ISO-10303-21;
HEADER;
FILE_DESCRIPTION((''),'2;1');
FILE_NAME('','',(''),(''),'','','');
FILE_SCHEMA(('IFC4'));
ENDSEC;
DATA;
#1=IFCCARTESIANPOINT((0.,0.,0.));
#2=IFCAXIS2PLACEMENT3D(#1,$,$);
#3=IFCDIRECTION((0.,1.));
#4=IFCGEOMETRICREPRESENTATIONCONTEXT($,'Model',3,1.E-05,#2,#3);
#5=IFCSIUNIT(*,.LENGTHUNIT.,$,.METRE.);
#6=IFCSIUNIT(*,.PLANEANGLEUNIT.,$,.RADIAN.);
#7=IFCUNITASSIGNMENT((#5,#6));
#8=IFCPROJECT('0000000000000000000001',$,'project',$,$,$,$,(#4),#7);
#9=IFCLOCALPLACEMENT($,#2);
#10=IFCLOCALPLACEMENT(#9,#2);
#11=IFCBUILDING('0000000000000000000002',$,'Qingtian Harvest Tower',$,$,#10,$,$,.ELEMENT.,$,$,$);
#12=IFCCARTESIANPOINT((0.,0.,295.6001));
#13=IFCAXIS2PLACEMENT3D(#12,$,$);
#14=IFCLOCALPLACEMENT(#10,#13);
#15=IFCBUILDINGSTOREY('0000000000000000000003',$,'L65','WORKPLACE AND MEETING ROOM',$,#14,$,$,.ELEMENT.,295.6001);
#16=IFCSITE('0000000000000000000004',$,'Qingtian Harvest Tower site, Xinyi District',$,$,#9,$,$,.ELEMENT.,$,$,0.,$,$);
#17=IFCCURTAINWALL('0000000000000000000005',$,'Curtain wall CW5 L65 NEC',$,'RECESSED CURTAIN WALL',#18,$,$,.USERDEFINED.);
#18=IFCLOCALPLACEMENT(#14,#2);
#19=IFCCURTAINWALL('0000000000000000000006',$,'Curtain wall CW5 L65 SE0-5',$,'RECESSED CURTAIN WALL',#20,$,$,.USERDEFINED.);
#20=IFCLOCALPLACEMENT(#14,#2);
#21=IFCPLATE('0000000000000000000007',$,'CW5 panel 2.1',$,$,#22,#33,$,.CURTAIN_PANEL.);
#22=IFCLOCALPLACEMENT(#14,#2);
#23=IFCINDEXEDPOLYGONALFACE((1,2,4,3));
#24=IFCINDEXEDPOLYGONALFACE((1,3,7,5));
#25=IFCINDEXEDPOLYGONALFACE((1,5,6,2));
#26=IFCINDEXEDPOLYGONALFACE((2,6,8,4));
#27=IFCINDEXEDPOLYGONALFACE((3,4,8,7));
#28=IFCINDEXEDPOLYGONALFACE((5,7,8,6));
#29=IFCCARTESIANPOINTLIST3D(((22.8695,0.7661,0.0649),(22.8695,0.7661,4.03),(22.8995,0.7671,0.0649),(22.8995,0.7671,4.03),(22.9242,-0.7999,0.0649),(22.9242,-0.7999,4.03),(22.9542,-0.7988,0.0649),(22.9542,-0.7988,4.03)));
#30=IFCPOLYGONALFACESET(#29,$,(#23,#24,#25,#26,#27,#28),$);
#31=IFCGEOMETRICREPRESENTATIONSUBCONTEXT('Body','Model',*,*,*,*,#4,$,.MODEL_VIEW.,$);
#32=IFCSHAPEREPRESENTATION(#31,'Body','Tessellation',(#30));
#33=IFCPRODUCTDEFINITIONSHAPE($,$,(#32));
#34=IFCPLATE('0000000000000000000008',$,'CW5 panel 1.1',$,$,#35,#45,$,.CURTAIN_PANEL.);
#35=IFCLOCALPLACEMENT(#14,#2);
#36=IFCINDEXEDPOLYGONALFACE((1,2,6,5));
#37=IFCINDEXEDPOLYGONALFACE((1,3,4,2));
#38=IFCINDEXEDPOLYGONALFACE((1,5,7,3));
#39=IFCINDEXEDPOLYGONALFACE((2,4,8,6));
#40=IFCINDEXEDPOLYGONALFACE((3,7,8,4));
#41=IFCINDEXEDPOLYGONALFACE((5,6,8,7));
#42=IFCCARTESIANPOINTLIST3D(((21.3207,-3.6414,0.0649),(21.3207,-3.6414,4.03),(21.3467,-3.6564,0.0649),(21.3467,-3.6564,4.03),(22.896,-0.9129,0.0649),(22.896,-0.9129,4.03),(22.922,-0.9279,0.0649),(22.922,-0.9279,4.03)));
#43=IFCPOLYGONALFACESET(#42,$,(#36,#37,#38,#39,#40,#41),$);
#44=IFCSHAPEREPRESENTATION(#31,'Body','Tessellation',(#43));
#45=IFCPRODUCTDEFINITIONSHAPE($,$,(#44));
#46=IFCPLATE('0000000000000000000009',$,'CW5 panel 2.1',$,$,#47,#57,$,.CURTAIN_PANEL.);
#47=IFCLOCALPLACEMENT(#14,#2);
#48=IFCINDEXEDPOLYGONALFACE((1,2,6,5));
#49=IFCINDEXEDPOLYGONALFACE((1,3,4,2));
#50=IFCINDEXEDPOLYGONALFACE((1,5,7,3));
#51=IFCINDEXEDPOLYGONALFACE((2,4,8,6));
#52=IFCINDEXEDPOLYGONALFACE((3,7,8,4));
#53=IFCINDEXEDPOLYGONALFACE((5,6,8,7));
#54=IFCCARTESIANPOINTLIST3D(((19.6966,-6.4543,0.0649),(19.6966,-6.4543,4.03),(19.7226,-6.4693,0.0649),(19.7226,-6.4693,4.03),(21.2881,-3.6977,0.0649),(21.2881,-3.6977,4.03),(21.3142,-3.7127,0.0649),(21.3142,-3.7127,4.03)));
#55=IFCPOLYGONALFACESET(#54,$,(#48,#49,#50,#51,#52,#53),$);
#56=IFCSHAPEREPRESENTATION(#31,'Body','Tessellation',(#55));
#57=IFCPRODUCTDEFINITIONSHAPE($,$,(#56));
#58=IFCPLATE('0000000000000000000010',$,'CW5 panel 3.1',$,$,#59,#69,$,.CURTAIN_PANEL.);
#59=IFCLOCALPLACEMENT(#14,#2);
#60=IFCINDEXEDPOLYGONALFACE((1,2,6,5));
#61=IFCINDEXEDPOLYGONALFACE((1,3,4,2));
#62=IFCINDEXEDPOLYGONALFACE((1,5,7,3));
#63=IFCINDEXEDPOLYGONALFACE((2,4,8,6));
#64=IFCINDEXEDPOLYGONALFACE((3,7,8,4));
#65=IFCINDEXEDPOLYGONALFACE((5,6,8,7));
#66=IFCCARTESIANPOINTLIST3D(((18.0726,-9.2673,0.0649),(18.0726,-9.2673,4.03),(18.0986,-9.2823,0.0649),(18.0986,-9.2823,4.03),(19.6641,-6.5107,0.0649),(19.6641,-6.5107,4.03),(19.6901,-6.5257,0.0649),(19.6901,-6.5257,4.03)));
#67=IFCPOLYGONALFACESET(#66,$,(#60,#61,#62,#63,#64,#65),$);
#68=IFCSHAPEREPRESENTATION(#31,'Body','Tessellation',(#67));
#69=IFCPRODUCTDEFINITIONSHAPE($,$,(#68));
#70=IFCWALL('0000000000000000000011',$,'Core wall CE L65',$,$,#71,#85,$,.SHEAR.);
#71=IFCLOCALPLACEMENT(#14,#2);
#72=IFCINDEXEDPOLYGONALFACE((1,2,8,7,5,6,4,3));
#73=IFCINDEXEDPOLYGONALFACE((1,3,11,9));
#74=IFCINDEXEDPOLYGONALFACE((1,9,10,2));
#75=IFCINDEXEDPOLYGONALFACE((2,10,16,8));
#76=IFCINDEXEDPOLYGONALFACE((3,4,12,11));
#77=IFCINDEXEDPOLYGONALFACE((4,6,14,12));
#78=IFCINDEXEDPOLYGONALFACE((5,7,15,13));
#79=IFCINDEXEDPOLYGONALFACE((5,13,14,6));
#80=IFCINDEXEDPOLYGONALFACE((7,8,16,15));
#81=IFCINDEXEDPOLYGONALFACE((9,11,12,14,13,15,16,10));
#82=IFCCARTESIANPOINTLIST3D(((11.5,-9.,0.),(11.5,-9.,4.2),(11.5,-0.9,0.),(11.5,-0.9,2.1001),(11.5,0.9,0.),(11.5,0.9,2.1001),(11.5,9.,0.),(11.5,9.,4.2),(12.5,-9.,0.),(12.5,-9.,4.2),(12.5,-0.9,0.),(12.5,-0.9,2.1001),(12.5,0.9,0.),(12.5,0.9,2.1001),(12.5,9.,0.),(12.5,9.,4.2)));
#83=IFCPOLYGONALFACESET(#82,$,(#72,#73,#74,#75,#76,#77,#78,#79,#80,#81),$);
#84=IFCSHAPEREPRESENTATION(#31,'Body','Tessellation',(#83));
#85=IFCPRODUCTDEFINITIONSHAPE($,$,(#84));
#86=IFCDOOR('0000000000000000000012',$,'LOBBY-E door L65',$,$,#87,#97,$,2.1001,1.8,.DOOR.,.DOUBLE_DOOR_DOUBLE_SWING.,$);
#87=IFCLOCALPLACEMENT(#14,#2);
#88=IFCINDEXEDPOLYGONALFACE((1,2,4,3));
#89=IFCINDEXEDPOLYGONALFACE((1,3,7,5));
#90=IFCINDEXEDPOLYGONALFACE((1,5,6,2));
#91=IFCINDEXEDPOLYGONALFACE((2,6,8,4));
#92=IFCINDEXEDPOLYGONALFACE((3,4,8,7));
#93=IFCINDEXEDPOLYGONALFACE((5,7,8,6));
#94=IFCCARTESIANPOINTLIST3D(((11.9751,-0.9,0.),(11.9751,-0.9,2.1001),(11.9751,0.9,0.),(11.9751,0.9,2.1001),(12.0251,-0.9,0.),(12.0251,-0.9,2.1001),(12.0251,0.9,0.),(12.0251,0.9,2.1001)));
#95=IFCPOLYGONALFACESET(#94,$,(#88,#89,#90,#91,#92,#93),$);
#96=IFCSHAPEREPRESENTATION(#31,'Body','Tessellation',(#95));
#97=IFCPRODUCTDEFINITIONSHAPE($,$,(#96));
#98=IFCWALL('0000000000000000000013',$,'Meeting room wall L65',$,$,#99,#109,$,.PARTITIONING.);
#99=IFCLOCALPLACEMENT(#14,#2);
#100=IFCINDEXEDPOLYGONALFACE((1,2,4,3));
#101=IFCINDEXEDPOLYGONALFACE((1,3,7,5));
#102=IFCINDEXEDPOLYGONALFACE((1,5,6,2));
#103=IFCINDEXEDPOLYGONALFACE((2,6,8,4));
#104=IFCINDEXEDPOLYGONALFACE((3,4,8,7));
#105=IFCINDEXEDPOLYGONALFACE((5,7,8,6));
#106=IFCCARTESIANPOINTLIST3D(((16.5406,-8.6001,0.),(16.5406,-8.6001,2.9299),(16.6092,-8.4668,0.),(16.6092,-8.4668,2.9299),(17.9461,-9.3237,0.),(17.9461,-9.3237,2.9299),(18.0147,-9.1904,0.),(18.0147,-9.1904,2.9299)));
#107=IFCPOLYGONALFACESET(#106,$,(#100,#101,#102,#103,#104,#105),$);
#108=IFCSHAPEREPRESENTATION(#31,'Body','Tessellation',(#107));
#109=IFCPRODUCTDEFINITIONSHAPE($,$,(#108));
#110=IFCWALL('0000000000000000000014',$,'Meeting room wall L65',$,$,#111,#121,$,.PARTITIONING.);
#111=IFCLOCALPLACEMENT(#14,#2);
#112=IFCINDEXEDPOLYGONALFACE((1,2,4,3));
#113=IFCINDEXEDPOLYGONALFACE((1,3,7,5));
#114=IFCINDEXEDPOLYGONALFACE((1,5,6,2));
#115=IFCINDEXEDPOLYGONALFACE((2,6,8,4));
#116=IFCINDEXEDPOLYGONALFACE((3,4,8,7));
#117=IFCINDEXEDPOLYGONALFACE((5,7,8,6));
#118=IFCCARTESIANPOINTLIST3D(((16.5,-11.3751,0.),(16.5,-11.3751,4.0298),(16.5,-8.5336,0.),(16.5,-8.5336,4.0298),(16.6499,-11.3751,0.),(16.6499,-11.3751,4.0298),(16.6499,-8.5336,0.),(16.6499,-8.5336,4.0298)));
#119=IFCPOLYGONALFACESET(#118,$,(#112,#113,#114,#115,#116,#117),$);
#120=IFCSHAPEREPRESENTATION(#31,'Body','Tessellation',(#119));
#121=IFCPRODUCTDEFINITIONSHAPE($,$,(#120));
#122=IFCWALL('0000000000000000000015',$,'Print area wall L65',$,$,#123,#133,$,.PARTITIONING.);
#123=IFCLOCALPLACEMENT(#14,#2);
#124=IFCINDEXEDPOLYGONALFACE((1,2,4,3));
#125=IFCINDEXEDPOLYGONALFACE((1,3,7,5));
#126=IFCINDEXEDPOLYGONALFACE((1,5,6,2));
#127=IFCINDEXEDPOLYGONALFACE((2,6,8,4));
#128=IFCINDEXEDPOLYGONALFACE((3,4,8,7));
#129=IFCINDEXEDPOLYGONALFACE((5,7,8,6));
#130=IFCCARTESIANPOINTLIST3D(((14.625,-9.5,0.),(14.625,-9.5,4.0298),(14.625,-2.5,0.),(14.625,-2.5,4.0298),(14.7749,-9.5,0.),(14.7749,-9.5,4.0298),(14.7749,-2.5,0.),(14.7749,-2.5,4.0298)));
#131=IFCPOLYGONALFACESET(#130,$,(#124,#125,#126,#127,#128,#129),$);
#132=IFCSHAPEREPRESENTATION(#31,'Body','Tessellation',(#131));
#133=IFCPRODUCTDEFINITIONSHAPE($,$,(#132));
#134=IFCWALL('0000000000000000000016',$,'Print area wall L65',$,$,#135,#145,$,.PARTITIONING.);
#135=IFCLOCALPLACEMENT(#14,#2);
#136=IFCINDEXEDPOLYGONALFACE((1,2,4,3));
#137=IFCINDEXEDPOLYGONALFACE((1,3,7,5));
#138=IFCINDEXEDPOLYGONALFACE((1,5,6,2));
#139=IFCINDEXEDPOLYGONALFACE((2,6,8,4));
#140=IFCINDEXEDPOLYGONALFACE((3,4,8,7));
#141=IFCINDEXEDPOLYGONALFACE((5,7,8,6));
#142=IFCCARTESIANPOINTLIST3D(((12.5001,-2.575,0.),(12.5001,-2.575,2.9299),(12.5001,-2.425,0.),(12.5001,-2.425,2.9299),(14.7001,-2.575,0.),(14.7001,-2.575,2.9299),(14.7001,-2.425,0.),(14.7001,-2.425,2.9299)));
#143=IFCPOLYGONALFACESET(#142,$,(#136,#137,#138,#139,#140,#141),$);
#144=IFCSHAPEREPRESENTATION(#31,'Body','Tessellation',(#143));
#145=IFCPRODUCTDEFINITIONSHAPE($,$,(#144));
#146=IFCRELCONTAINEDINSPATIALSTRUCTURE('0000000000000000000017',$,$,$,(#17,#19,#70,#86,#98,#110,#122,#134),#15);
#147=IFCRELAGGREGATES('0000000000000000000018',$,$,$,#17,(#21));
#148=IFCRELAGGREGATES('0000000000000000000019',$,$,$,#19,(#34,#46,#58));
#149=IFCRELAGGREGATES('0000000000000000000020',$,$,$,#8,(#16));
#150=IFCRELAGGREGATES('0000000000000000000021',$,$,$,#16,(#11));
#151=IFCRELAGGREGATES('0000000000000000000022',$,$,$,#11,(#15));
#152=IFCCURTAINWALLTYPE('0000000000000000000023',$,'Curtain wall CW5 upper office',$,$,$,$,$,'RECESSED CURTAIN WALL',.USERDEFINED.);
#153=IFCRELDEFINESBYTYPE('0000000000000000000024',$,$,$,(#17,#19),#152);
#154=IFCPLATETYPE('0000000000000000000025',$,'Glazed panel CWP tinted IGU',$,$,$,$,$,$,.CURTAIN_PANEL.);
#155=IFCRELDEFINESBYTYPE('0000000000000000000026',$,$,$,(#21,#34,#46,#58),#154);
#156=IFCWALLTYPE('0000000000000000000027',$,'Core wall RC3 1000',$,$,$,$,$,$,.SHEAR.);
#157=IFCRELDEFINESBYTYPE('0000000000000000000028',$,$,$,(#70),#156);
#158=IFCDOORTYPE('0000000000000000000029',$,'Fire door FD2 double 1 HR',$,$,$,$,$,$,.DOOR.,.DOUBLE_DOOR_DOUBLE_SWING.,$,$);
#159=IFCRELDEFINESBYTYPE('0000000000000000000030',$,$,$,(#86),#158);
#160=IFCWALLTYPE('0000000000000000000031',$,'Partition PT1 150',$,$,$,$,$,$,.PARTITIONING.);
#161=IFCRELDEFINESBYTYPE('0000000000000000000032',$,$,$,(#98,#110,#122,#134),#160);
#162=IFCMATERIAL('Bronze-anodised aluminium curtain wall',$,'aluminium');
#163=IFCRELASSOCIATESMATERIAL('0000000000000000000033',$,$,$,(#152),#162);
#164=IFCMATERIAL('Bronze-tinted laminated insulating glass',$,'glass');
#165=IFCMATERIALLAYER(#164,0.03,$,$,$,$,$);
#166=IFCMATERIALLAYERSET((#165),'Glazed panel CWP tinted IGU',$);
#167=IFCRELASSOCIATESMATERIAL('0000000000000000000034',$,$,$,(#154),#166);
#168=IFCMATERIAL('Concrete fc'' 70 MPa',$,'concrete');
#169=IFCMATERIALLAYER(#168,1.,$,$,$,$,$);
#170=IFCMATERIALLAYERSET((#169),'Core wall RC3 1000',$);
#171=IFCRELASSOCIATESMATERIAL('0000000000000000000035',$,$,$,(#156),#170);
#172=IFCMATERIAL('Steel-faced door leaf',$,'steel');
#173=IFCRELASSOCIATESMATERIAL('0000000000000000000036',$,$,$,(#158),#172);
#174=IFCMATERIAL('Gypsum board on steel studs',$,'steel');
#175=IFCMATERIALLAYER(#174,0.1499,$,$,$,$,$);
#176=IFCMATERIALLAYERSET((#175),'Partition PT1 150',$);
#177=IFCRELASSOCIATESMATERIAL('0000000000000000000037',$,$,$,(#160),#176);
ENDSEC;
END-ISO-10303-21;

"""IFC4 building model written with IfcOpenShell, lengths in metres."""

from ifc_helpers import new_model, si_unit, direction, frame, frame_2d, origin, origin_2d, place, context, subcontext, project, spatial, rectangle, extrude, material, layer, layer_set, type_object, element, fill, aggregate, save


model = new_model("IFC4")

# Units and contexts
model_context = context("Model", 3, precision=1e-05, world=origin(), true_north=direction((0.0, 1.0)))
body_context = subcontext(model_context, "Body", "Model", "MODEL_VIEW")
ifc_project = project(units=[si_unit("LENGTHUNIT", "METRE"), si_unit("PLANEANGLEUNIT", "RADIAN")], contexts=[model_context])

# Site, building, storey
site_placement = place(None, origin())
site = spatial("IfcSite", under=ifc_project, at=site_placement, Name="Qingtian Harvest Tower site, Xinyi District", CompositionType="ELEMENT", RefElevation=0.0)
building_placement = place(site_placement, origin())
building = spatial("IfcBuilding", under=site, at=building_placement, Name="Qingtian Harvest Tower", CompositionType="ELEMENT")
storey_placement = place(building_placement, frame((0.0, 0.0, 295.6001)))
storey = spatial("IfcBuildingStorey", under=building, at=storey_placement, Name="L65", Description="WORKPLACE AND MEETING ROOM", CompositionType="ELEMENT", Elevation=295.6001)

# Curtain wall
ifc_material_1 = material(Name="Bronze-anodised aluminium curtain wall", Category="aluminium")
curtain_wall_type = type_object("IfcCurtainWallType", Name="Curtain wall CW5 upper office", ElementType="RECESSED CURTAIN WALL", PredefinedType="USERDEFINED", material=ifc_material_1)
curtain_wall_1_placement = place(storey_placement, origin())
curtain_wall_1 = element("IfcCurtainWall", 1, at=curtain_wall_1_placement, inside=storey, type_object=curtain_wall_type, Name="Curtain wall CW5 L65 NEC", ObjectType="RECESSED CURTAIN WALL", PredefinedType="USERDEFINED")

# Curtain wall
curtain_wall_2_placement = place(storey_placement, origin())
curtain_wall_2 = element("IfcCurtainWall", 2, at=curtain_wall_2_placement, inside=storey, type_object=curtain_wall_type, Name="Curtain wall CW5 L65 SE0-5", ObjectType="RECESSED CURTAIN WALL", PredefinedType="USERDEFINED")

# Plates
ifc_material_2 = material(Name="Bronze-tinted laminated insulating glass", Category="glass")
ifc_layer_1 = layer(ifc_material_2, 0.03)
ifc_layer_set_1 = layer_set([ifc_layer_1], Name="Glazed panel CWP tinted IGU")
plate_type = type_object("IfcPlateType", Name="Glazed panel CWP tinted IGU", PredefinedType="CURTAIN_PANEL", material=ifc_layer_set_1)
plate_1_placement = place(storey_placement, frame((22.9119, -0.0164, 0.0649), z_axis=(0.0, 0.0, 1.0), x_axis=(0.034899, -0.999391, 0.0)))
plate_1 = element("IfcPlate", 3, at=plate_1_placement, type_object=plate_type, Name="CW5 panel 2.1", PredefinedType="CURTAIN_PANEL", context=body_context, shape_type="SweptSolid", body=[
    extrude(rectangle(XDim=1.5669, YDim=0.03, at=origin_2d()), origin(), (0.0, 0.0, 1.0), 3.9651),
])
aggregate(curtain_wall_1, [plate_1])
plate_2_placement = place(storey_placement, frame((22.1213, -2.2847, 0.0649), z_axis=(0.0, 0.0, 1.0), x_axis=(-0.5, -0.866025, 0.0)))
plate_2 = element("IfcPlate", 4, at=plate_2_placement, type_object=plate_type, Name="CW5 panel 1.1", PredefinedType="CURTAIN_PANEL", context=body_context, shape_type="SweptSolid", body=[
    extrude(rectangle(XDim=3.1506, YDim=0.03, at=origin_2d()), origin(), (0.0, 0.0, 1.0), 3.9651),
])
plate_3_placement = place(storey_placement, frame((20.5054, -5.0835, 0.0649), z_axis=(0.0, 0.0, 1.0), x_axis=(-0.5, -0.866025, 0.0)))
plate_3 = element("IfcPlate", 5, at=plate_3_placement, type_object=plate_type, Name="CW5 panel 2.1", PredefinedType="CURTAIN_PANEL", context=body_context, shape_type="SweptSolid", body=[
    extrude(rectangle(XDim=3.1831, YDim=0.03, at=origin_2d()), origin(), (0.0, 0.0, 1.0), 3.9651),
])
plate_4_placement = place(storey_placement, frame((18.8813, -7.8965, 0.0649), z_axis=(0.0, 0.0, 1.0), x_axis=(-0.5, -0.866025, 0.0)))
plate_4 = element("IfcPlate", 6, at=plate_4_placement, type_object=plate_type, Name="CW5 panel 3.1", PredefinedType="CURTAIN_PANEL", context=body_context, shape_type="SweptSolid", body=[
    extrude(rectangle(XDim=3.1831, YDim=0.03, at=origin_2d()), origin(), (0.0, 0.0, 1.0), 3.9651),
])
aggregate(curtain_wall_2, [plate_2, plate_3, plate_4])

# Wall, opening, door
ifc_material_3 = material(Name="Concrete fc' 70 MPa", Category="concrete")
ifc_layer_2 = layer(ifc_material_3, 1.0)
ifc_layer_set_2 = layer_set([ifc_layer_2], Name="Core wall RC3 1000")
wall_type_1 = type_object("IfcWallType", Name="Core wall RC3 1000", PredefinedType="SHEAR", material=ifc_layer_set_2)
wall_1_placement = place(storey_placement, frame((12.0, -9.0, 0.0), z_axis=(0.0, 0.0, 1.0), x_axis=(0.0, 1.0, 0.0)))
wall_1 = element("IfcWall", 7, at=wall_1_placement, inside=storey, type_object=wall_type_1, Name="Core wall CE L65", PredefinedType="SHEAR", context=body_context, shape_type="SweptSolid", body=[
    extrude(rectangle(XDim=18.0, YDim=1.0, at=frame_2d((9.0, 0.0))), origin(), (0.0, 0.0, 1.0), 4.2),
])
opening_placement = place(wall_1_placement, frame((8.1001, 0.0, 0.0)))
opening = element("IfcOpeningElement", 8, at=opening_placement, cuts=wall_1, PredefinedType="OPENING", context=body_context, shape_type="SweptSolid", body=[
    extrude(rectangle(XDim=1.8, YDim=2.1001, at=frame_2d((0.8999, 1.05))), frame((0.0, 0.51, 0.0), z_axis=(0.0, -1.0, 0.0), x_axis=(1.0, 0.0, 0.0)), (0.0, 0.0, 1.0), 1.02),
])
ifc_material_4 = material(Name="Steel-faced door leaf", Category="steel")
door_type = type_object("IfcDoorType", Name="Fire door FD2 double 1 HR", OperationType="DOUBLE_DOOR_DOUBLE_SWING", PredefinedType="DOOR", material=ifc_material_4)
door_placement = place(opening_placement, origin())
door = element("IfcDoor", 9, at=door_placement, inside=storey, type_object=door_type, Name="LOBBY-E door L65", OperationType="DOUBLE_DOOR_DOUBLE_SWING", OverallHeight=2.1001, OverallWidth=1.8, PredefinedType="DOOR", context=body_context, shape_type="SweptSolid", body=[
    extrude(rectangle(XDim=1.8, YDim=2.1001, at=frame_2d((0.8999, 1.05))), frame((0.0, 0.0249, 0.0), z_axis=(0.0, -1.0, 0.0), x_axis=(1.0, 0.0, 0.0)), (0.0, 0.0, 1.0), 0.05),
])
fill(opening, door)

# Walls
ifc_material_5 = material(Name="Gypsum board on steel studs", Category="steel")
ifc_layer_3 = layer(ifc_material_5, 0.1499)
ifc_layer_set_3 = layer_set([ifc_layer_3], Name="Partition PT1 150")
wall_type_2 = type_object("IfcWallType", Name="Partition PT1 150", PredefinedType="PARTITIONING", material=ifc_layer_set_3)
wall_2_placement = place(storey_placement, frame((17.9805, -9.2571, 0.0), z_axis=(0.0, 0.0, 1.0), x_axis=(-0.889083, 0.457746, 0.0)))
element("IfcWall", 10, at=wall_2_placement, inside=storey, type_object=wall_type_2, Name="Meeting room wall L65", PredefinedType="PARTITIONING", context=body_context, shape_type="SweptSolid", body=[
    extrude(rectangle(XDim=1.5808, YDim=0.1499, at=frame_2d((0.7905, 0.0))), origin(), (0.0, 0.0, 1.0), 2.9299),
])
wall_3_placement = place(storey_placement, frame((16.575, -8.5334, 0.0), z_axis=(0.0, 0.0, 1.0), x_axis=(0.0, -1.0, 0.0)))
element("IfcWall", 11, at=wall_3_placement, inside=storey, type_object=wall_type_2, Name="Meeting room wall L65", PredefinedType="PARTITIONING", context=body_context, shape_type="SweptSolid", body=[
    extrude(rectangle(XDim=2.8416, YDim=0.1499, at=frame_2d((1.4209, 0.0))), origin(), (0.0, 0.0, 1.0), 4.0298),
])
wall_4_placement = place(storey_placement, frame((14.7, -9.5, 0.0), z_axis=(0.0, 0.0, 1.0), x_axis=(0.0, 1.0, 0.0)))
element("IfcWall", 12, at=wall_4_placement, inside=storey, type_object=wall_type_2, Name="Print area wall L65", PredefinedType="PARTITIONING", context=body_context, shape_type="SweptSolid", body=[
    extrude(rectangle(XDim=7.0, YDim=0.1499, at=frame_2d((3.5, 0.0))), origin(), (0.0, 0.0, 1.0), 4.0298),
])
wall_5_placement = place(storey_placement, frame((12.5, -2.5, 0.0), z_axis=(0.0, 0.0, 1.0), x_axis=(1.0, 0.0, 0.0)))
element("IfcWall", 13, at=wall_5_placement, inside=storey, type_object=wall_type_2, Name="Print area wall L65", PredefinedType="PARTITIONING", context=body_context, shape_type="SweptSolid", body=[
    extrude(rectangle(XDim=2.2, YDim=0.1499, at=frame_2d((1.1001, 0.0))), origin(), (0.0, 0.0, 1.0), 2.9299),
])

save(model, "model.ifc")
